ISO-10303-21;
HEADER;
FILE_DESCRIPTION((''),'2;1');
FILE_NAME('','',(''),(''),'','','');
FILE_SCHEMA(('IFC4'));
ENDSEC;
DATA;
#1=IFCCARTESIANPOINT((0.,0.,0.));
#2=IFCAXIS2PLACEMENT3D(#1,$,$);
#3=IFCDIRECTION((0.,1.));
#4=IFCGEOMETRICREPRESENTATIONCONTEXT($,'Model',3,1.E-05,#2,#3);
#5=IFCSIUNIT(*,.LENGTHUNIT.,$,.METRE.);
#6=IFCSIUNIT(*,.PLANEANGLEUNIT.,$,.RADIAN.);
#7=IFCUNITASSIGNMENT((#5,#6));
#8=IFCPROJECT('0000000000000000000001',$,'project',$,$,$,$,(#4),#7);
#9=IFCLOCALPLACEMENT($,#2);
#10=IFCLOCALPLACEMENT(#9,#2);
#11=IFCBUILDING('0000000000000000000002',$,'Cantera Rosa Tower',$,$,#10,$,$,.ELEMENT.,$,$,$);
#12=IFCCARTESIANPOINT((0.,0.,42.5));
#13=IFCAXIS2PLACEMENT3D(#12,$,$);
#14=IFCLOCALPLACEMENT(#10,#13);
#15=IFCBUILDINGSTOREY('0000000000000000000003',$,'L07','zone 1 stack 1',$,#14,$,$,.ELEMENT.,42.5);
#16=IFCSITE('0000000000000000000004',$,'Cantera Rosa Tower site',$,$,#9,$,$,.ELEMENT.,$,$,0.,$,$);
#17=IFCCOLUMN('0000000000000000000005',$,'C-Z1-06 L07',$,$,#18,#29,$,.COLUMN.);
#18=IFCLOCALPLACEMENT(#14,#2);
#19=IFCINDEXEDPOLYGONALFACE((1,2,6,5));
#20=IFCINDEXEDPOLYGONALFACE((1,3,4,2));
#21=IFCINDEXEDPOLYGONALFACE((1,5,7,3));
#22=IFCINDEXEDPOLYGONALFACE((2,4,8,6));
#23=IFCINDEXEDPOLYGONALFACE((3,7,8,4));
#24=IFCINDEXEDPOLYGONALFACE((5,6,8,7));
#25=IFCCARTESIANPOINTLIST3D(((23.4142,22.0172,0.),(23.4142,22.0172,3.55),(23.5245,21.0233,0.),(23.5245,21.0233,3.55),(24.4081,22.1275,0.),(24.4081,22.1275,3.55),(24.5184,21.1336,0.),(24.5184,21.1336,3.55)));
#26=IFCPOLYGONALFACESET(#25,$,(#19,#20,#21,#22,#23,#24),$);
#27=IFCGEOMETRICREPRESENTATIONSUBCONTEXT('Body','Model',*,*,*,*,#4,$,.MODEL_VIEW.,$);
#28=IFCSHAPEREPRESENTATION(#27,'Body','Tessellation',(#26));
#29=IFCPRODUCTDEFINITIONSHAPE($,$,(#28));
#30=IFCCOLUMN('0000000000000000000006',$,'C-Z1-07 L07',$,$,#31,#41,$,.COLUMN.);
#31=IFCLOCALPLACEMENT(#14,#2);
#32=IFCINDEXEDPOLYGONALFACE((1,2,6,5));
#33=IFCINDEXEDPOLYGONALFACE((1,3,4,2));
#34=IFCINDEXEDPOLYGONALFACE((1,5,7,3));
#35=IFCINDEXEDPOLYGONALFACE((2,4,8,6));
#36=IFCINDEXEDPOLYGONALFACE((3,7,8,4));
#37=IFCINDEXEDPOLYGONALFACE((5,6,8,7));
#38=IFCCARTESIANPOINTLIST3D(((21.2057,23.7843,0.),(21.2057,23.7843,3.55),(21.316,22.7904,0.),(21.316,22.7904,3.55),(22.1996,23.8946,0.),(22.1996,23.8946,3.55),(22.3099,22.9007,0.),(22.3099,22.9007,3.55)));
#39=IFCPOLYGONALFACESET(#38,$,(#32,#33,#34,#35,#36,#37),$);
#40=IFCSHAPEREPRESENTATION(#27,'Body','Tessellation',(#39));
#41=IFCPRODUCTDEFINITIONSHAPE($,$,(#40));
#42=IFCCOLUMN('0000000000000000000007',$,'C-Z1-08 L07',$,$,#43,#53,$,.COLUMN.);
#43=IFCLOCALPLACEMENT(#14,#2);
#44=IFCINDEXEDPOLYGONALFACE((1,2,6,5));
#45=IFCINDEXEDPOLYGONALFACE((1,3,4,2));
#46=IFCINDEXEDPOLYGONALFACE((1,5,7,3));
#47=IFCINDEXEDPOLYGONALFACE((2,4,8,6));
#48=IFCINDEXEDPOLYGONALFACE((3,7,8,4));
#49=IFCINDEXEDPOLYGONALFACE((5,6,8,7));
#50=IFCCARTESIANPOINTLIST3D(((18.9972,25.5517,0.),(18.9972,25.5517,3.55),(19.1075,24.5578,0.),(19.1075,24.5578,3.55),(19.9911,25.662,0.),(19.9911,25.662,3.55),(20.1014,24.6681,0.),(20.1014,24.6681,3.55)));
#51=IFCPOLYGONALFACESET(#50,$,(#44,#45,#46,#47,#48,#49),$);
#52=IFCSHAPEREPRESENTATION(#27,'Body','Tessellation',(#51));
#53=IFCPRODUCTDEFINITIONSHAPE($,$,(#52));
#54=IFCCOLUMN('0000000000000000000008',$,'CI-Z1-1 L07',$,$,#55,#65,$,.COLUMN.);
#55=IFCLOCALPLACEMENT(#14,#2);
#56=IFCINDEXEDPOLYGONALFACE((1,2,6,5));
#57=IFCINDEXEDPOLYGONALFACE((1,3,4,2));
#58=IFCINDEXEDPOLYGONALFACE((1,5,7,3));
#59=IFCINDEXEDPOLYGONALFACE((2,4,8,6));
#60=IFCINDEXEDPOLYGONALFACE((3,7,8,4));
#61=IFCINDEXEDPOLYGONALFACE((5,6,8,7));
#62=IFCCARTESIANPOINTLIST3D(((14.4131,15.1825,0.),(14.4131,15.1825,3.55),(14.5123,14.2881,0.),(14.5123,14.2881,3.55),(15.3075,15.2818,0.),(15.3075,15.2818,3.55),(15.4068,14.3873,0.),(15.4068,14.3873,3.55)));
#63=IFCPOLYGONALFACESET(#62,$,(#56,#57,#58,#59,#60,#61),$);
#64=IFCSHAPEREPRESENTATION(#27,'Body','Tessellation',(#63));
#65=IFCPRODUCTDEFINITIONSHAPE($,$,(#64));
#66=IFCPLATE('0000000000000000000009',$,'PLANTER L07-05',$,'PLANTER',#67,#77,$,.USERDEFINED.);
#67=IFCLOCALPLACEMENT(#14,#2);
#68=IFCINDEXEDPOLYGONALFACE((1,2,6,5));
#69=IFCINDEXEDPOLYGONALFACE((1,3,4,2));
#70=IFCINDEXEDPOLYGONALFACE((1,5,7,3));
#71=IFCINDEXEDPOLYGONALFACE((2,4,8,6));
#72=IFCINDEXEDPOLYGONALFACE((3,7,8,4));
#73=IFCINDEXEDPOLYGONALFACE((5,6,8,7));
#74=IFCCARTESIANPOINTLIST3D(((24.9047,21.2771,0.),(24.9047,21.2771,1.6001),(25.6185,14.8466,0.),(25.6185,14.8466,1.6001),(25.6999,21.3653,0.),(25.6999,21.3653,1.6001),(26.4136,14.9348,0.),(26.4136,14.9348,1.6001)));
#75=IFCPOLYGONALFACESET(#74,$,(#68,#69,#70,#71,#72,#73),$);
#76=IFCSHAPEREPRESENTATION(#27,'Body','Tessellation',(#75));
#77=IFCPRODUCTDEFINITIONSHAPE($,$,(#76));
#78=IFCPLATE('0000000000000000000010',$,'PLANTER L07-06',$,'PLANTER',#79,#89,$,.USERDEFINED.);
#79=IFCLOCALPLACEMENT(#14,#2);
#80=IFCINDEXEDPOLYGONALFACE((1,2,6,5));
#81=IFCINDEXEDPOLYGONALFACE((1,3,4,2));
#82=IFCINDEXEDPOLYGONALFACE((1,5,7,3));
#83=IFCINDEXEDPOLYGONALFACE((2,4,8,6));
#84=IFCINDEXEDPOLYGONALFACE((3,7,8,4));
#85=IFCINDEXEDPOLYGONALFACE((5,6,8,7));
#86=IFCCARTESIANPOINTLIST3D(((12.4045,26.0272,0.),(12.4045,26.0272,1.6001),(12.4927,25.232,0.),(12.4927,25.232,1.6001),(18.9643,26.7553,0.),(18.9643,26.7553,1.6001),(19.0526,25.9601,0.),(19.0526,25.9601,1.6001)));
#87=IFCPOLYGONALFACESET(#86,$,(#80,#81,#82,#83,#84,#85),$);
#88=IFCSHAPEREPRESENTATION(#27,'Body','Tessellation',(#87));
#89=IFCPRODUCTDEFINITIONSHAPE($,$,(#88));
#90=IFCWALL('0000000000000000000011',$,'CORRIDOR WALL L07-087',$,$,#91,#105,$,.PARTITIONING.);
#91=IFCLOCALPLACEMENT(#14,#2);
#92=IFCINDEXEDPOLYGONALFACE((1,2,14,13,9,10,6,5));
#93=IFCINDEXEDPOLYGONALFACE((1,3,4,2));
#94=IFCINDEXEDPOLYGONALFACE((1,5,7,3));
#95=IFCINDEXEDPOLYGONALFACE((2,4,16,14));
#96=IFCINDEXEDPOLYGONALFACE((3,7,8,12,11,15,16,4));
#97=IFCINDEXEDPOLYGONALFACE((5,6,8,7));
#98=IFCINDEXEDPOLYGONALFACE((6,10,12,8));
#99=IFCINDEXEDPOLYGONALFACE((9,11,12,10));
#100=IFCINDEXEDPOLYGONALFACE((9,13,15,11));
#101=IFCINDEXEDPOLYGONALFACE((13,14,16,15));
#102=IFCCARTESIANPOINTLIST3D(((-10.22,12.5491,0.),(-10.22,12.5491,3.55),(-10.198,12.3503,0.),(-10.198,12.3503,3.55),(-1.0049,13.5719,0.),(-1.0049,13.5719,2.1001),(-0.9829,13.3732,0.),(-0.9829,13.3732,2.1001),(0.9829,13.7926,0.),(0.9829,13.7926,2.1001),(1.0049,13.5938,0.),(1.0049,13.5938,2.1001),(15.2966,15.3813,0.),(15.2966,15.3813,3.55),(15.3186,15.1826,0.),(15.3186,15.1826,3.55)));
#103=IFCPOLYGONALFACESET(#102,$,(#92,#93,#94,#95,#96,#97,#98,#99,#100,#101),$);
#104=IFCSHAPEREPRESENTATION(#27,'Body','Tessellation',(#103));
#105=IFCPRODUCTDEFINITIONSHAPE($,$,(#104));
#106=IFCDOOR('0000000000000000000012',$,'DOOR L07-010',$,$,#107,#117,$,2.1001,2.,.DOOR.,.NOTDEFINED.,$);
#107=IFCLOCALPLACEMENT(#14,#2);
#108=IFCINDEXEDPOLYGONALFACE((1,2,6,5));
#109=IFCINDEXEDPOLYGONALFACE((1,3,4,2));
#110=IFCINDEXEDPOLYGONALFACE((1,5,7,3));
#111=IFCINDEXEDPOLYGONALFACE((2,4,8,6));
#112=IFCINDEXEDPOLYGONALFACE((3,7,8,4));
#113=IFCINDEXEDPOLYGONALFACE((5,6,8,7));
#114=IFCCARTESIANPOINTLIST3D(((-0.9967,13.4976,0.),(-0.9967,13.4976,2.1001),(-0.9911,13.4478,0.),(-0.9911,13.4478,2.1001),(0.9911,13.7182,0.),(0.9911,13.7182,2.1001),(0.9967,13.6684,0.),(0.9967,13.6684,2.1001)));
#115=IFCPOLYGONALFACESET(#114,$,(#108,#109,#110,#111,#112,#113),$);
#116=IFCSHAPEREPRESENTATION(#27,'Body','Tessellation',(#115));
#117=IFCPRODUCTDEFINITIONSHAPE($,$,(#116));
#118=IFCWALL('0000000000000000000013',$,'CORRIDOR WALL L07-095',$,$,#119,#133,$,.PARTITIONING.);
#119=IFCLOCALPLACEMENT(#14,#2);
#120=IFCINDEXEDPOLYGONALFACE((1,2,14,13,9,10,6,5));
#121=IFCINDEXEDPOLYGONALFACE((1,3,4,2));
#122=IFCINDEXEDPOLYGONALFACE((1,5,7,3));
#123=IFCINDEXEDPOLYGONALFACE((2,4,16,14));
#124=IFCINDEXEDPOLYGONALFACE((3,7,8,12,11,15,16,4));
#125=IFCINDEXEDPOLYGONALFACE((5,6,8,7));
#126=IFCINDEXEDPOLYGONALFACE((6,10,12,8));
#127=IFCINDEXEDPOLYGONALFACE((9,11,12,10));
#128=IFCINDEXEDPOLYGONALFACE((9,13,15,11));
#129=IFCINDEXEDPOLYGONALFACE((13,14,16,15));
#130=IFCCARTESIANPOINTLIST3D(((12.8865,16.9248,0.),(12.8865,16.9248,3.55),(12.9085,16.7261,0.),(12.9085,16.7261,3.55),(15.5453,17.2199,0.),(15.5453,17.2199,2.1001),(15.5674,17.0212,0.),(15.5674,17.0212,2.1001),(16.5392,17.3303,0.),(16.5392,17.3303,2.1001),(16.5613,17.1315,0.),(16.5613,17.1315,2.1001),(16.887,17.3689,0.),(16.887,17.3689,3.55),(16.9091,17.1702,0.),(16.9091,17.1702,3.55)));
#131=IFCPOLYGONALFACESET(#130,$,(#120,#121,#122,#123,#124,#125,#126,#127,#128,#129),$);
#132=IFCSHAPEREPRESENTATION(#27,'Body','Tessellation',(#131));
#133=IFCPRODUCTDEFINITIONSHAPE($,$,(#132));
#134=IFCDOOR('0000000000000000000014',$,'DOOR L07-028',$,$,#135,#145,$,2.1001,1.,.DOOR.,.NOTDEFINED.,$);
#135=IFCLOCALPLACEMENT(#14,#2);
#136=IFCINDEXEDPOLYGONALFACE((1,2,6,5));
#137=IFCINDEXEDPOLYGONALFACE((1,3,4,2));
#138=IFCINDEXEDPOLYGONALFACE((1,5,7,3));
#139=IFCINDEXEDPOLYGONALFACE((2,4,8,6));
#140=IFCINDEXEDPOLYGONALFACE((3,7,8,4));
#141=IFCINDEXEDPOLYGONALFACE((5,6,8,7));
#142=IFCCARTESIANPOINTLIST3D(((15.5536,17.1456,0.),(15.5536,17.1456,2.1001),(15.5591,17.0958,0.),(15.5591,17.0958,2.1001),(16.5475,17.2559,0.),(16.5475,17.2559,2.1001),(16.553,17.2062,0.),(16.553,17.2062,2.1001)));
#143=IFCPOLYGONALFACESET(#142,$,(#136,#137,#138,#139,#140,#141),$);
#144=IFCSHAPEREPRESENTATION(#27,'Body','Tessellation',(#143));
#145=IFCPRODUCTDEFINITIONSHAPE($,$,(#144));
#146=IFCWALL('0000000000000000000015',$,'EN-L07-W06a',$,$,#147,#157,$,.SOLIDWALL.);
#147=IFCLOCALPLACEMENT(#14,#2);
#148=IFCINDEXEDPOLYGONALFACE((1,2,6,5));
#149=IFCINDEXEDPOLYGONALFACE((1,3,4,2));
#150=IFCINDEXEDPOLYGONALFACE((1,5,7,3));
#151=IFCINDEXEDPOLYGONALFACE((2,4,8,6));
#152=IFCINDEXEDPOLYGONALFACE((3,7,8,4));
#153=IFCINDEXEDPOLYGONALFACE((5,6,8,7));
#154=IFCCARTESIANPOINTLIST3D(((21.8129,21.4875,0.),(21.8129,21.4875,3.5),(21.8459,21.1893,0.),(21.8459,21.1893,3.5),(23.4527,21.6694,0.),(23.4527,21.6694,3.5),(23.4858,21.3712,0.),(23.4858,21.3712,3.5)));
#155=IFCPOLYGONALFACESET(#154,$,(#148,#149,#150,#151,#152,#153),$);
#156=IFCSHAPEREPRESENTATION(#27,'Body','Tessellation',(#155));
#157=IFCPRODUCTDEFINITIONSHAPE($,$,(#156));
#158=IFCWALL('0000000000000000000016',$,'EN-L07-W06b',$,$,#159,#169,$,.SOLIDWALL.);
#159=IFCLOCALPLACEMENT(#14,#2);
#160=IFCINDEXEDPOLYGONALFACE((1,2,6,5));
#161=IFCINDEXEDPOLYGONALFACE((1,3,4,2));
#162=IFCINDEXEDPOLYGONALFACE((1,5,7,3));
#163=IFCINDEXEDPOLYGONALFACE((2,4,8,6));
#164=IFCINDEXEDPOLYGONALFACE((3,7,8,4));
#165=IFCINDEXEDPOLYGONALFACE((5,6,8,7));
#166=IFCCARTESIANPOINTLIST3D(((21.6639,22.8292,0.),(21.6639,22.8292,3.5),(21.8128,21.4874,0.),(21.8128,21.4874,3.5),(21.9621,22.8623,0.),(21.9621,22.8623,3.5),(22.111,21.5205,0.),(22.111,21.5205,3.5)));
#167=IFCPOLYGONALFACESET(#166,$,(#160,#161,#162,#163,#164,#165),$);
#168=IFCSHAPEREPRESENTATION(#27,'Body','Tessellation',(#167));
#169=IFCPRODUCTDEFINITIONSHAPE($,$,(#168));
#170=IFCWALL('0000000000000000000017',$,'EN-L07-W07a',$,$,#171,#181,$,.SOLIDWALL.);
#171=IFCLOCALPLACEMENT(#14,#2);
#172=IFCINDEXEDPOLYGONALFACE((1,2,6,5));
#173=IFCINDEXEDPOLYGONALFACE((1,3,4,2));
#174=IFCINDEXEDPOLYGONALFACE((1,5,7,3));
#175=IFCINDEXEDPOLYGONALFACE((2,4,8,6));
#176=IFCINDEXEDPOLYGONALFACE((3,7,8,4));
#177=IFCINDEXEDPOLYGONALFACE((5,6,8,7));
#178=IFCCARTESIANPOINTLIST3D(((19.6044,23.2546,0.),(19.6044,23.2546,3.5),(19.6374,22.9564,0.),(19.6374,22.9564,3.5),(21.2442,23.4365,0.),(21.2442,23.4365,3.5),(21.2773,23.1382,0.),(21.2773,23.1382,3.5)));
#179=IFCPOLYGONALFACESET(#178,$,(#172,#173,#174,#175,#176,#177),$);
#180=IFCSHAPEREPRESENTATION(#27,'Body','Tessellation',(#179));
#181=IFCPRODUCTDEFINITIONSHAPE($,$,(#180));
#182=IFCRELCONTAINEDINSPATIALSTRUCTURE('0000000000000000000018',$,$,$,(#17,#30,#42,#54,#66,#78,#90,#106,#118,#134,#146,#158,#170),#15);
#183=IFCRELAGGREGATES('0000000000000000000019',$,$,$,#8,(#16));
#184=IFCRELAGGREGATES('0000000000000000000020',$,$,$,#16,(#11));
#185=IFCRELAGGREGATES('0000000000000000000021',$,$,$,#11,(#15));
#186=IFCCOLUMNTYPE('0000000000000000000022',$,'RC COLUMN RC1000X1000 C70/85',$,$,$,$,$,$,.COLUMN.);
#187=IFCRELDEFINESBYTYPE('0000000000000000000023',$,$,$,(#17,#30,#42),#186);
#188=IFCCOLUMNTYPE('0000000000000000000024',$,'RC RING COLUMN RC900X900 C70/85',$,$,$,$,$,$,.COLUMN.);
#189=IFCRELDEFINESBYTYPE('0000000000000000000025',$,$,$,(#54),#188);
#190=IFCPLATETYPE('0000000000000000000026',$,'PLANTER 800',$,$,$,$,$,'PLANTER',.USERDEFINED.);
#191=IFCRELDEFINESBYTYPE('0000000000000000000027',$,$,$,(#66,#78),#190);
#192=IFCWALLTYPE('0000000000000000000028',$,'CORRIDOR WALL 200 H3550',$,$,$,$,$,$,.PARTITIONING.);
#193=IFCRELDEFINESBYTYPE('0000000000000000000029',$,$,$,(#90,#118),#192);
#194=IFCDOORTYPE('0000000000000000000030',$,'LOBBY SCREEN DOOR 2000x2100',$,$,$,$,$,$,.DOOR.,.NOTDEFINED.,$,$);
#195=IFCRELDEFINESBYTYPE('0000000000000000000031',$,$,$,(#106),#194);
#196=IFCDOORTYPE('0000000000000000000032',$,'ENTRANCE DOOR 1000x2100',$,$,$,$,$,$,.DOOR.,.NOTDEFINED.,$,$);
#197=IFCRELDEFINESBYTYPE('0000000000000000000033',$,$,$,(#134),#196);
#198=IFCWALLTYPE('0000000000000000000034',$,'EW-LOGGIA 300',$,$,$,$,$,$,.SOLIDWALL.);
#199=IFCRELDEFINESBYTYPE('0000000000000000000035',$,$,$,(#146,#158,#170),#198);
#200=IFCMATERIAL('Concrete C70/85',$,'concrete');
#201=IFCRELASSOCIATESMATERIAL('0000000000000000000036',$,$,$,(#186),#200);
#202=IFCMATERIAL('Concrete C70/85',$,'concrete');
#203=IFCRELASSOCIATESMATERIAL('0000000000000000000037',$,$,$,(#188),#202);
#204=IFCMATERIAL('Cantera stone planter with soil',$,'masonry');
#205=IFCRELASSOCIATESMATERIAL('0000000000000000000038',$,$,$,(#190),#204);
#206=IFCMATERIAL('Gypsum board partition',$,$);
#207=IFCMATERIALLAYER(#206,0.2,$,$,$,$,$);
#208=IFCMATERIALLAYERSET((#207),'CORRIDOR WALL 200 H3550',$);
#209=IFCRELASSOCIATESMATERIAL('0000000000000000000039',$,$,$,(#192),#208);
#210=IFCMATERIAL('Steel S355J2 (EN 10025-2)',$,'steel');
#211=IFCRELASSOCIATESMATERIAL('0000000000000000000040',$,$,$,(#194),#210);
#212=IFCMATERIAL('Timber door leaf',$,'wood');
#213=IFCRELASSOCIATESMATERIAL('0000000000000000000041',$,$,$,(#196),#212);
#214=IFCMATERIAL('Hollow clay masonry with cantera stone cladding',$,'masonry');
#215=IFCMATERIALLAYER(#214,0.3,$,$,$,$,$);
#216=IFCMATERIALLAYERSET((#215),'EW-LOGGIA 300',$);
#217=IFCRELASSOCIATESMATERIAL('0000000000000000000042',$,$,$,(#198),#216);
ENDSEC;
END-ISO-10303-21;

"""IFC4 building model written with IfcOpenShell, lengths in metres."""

from ifc_helpers import new_model, si_unit, direction, frame, frame_2d, origin, origin_2d, place, context, subcontext, project, spatial, rectangle, extrude, material, layer, layer_set, material_profile, profile_set, type_object, element, fill, save


model = new_model("IFC4")

# Units and contexts
model_context = context("Model", 3, precision=1e-05, world=origin(), true_north=direction((0.0, 1.0)))
body_context = subcontext(model_context, "Body", "Model", "MODEL_VIEW")
ifc_project = project(units=[si_unit("LENGTHUNIT", "METRE"), si_unit("PLANEANGLEUNIT", "RADIAN")], contexts=[model_context])

# Site, building, storey
site_placement = place(None, origin())
site = spatial("IfcSite", under=ifc_project, at=site_placement, Name="Cantera Rosa Tower site", CompositionType="ELEMENT", RefElevation=0.0)
building_placement = place(site_placement, origin())
building = spatial("IfcBuilding", under=site, at=building_placement, Name="Cantera Rosa Tower", CompositionType="ELEMENT")
storey_placement = place(building_placement, frame((0.0, 0.0, 42.5)))
storey = spatial("IfcBuildingStorey", under=building, at=storey_placement, Name="L07", Description="zone 1 stack 1", CompositionType="ELEMENT", Elevation=42.5)

# Columns
ifc_material_1 = material(Name="Concrete C70/85", Category="concrete")
ifc_material_profile_1 = material_profile(ifc_material_1, rectangle(XDim=1.0, YDim=1.0, at=origin_2d()), Name="RC COLUMN RC1000X1000 C70/85")
ifc_profile_set_1 = profile_set([ifc_material_profile_1], Name="Concrete C70/85")
column_type_1 = type_object("IfcColumnType", Name="RC COLUMN RC1000X1000 C70/85", PredefinedType="COLUMN", material=ifc_profile_set_1)
for number, where, z_axis, x_axis, name in (
    (1, (23.9663, 21.5754, 0.0), (0.0, 0.0, 1.0), (0.993897, 0.110313, 0.0), "C-Z1-06 L07"),
    (2, (21.7578, 23.3425, 0.0), (0.0, 0.0, 1.0), (0.993897, 0.110313, 0.0), "C-Z1-07 L07"),
    (3, (19.5493, 25.1099, 0.0), (0.0, 0.0, 1.0), (0.993897, 0.110313, 0.0), "C-Z1-08 L07"),
):
    element("IfcColumn", number, at=place(storey_placement, frame(where, z_axis=z_axis, x_axis=x_axis)), inside=storey, type_object=column_type_1, Name=name, PredefinedType="COLUMN", context=body_context, shape_type="SweptSolid", body=[
        extrude(rectangle(XDim=1.0, YDim=1.0, at=origin_2d()), origin(), (0.0, 0.0, 1.0), 3.55),
    ])
ifc_material_2 = material(Name="Concrete C70/85", Category="concrete")
ifc_material_profile_2 = material_profile(ifc_material_2, rectangle(XDim=0.8999, YDim=0.8999, at=origin_2d()), Name="RC RING COLUMN RC900X900 C70/85")
ifc_profile_set_2 = profile_set([ifc_material_profile_2], Name="Concrete C70/85")
column_type_2 = type_object("IfcColumnType", Name="RC RING COLUMN RC900X900 C70/85", PredefinedType="COLUMN", material=ifc_profile_set_2)
column_placement = place(storey_placement, frame((14.9099, 14.7849, 0.0), z_axis=(0.0, 0.0, 1.0), x_axis=(0.993897, 0.110313, 0.0)))
element("IfcColumn", 4, at=column_placement, inside=storey, type_object=column_type_2, Name="CI-Z1-1 L07", PredefinedType="COLUMN", context=body_context, shape_type="SweptSolid", body=[
    extrude(rectangle(XDim=0.8999, YDim=0.8999, at=origin_2d()), origin(), (0.0, 0.0, 1.0), 3.55),
])

# Plates
ifc_material_3 = material(Name="Cantera stone planter with soil", Category="masonry")
plate_type = type_object("IfcPlateType", Name="PLANTER 800", ElementType="PLANTER", PredefinedType="USERDEFINED", material=ifc_material_3)
plate_1_placement = place(storey_placement, frame((25.6592, 18.106, 0.0), z_axis=(0.0, 0.0, 1.0), x_axis=(-0.110313, 0.993897, 0.0)))
element("IfcPlate", 5, at=plate_1_placement, inside=storey, type_object=plate_type, Name="PLANTER L07-05", ObjectType="PLANTER", PredefinedType="USERDEFINED", context=body_context, shape_type="SweptSolid", body=[
    extrude(rectangle(XDim=6.47, YDim=0.8, at=origin_2d()), origin(), (0.0, 0.0, 1.0), 1.6001),
])
plate_2_placement = place(storey_placement, frame((15.7285, 25.9937, 0.0), z_axis=(0.0, 0.0, 1.0), x_axis=(-0.993897, -0.110313, 0.0)))
element("IfcPlate", 6, at=plate_2_placement, inside=storey, type_object=plate_type, Name="PLANTER L07-06", ObjectType="PLANTER", PredefinedType="USERDEFINED", context=body_context, shape_type="SweptSolid", body=[
    extrude(rectangle(XDim=6.6001, YDim=0.8, at=origin_2d()), origin(), (0.0, 0.0, 1.0), 1.6001),
])

# Walls, openings, doors
ifc_material_4 = material(Name="Gypsum board partition")
ifc_layer_1 = layer(ifc_material_4, 0.2)
ifc_layer_set_1 = layer_set([ifc_layer_1], Name="CORRIDOR WALL 200 H3550")
wall_type_1 = type_object("IfcWallType", Name="CORRIDOR WALL 200 H3550", PredefinedType="PARTITIONING", material=ifc_layer_set_1)
wall_1_placement = place(storey_placement, frame((15.3076, 15.282, 0.0), z_axis=(0.0, 0.0, 1.0), x_axis=(-0.993896, -0.11032, 0.0)))
wall_1 = element("IfcWall", 7, at=wall_1_placement, inside=storey, type_object=wall_type_1, Name="CORRIDOR WALL L07-087", PredefinedType="PARTITIONING", context=body_context, shape_type="SweptSolid", body=[
    extrude(rectangle(XDim=25.6733, YDim=0.2, at=frame_2d((12.8367, 0.0))), origin(), (0.0, 0.0, 1.0), 3.55),
])
opening_1_placement = place(wall_1_placement, frame((14.4016, 0.0, 0.0)))
opening_1 = element("IfcOpeningElement", 8, at=opening_1_placement, cuts=wall_1, PredefinedType="OPENING", context=body_context, shape_type="SweptSolid", body=[
    extrude(rectangle(XDim=2.0, YDim=2.1001, at=frame_2d((1.0, 1.05))), frame((0.0, 0.1099, 0.0), z_axis=(0.0, -1.0, 0.0), x_axis=(1.0, 0.0, 0.0)), (0.0, 0.0, 1.0), 0.22),
])
ifc_material_5 = material(Name="Steel S355J2 (EN 10025-2)", Category="steel")
door_type_1 = type_object("IfcDoorType", Name="LOBBY SCREEN DOOR 2000x2100", OperationType="NOTDEFINED", PredefinedType="DOOR", material=ifc_material_5)
door_1_placement = place(opening_1_placement, origin())
door_1 = element("IfcDoor", 9, at=door_1_placement, inside=storey, type_object=door_type_1, Name="DOOR L07-010", OperationType="NOTDEFINED", OverallHeight=2.1001, OverallWidth=2.0, PredefinedType="DOOR", context=body_context, shape_type="SweptSolid", body=[
    extrude(rectangle(XDim=2.0, YDim=2.1001, at=frame_2d((1.0, 1.05))), frame((0.0, 0.0249, 0.0), z_axis=(0.0, -1.0, 0.0), x_axis=(1.0, 0.0, 0.0)), (0.0, 0.0, 1.0), 0.05),
])
fill(opening_1, door_1)
wall_2_placement = place(storey_placement, frame((16.8982, 17.2695, 0.0), z_axis=(0.0, 0.0, 1.0), x_axis=(-0.993895, -0.110332, 0.0)))
wall_2 = element("IfcWall", 10, at=wall_2_placement, inside=storey, type_object=wall_type_1, Name="CORRIDOR WALL L07-095", PredefinedType="PARTITIONING", context=body_context, shape_type="SweptSolid", body=[
    extrude(rectangle(XDim=4.0251, YDim=0.2, at=frame_2d((2.0127, 0.0))), origin(), (0.0, 0.0, 1.0), 3.55),
])
opening_2_placement = place(wall_2_placement, frame((0.3501, 0.0, 0.0)))
opening_2 = element("IfcOpeningElement", 11, at=opening_2_placement, cuts=wall_2, PredefinedType="OPENING", context=body_context, shape_type="SweptSolid", body=[
    extrude(rectangle(XDim=1.0, YDim=2.1001, at=frame_2d((0.5, 1.05))), frame((0.0, 0.1099, 0.0), z_axis=(0.0, -1.0, 0.0), x_axis=(1.0, 0.0, 0.0)), (0.0, 0.0, 1.0), 0.22),
])
ifc_material_6 = material(Name="Timber door leaf", Category="wood")
door_type_2 = type_object("IfcDoorType", Name="ENTRANCE DOOR 1000x2100", OperationType="NOTDEFINED", PredefinedType="DOOR", material=ifc_material_6)
door_2_placement = place(opening_2_placement, origin())
door_2 = element("IfcDoor", 12, at=door_2_placement, inside=storey, type_object=door_type_2, Name="DOOR L07-028", OperationType="NOTDEFINED", OverallHeight=2.1001, OverallWidth=1.0, PredefinedType="DOOR", context=body_context, shape_type="SweptSolid", body=[
    extrude(rectangle(XDim=1.0, YDim=2.1001, at=frame_2d((0.5, 1.05))), frame((0.0, 0.0249, 0.0), z_axis=(0.0, -1.0, 0.0), x_axis=(1.0, 0.0, 0.0)), (0.0, 0.0, 1.0), 0.05),
])
fill(opening_2, door_2)

# Walls
ifc_material_7 = material(Name="Hollow clay masonry with cantera stone cladding", Category="masonry")
ifc_layer_2 = layer(ifc_material_7, 0.3)
ifc_layer_set_2 = layer_set([ifc_layer_2], Name="EW-LOGGIA 300")
wall_type_2 = type_object("IfcWallType", Name="EW-LOGGIA 300", PredefinedType="SOLIDWALL", material=ifc_layer_set_2)
wall_3_placement = place(storey_placement, frame((23.4692, 21.5203, 0.0), z_axis=(0.0, 0.0, 1.0), x_axis=(-0.993905, -0.110237, 0.0)))
element("IfcWall", 13, at=wall_3_placement, inside=storey, type_object=wall_type_2, Name="EN-L07-W06a", PredefinedType="SOLIDWALL", context=body_context, shape_type="SweptSolid", body=[
    extrude(rectangle(XDim=1.6499, YDim=0.3, at=frame_2d((0.825, 0.0))), origin(), (0.0, 0.0, 1.0), 3.5),
])
wall_4_placement = place(storey_placement, frame((21.9619, 21.5039, 0.0), z_axis=(0.0, 0.0, 1.0), x_axis=(-0.110312, 0.993897, 0.0)))
element("IfcWall", 14, at=wall_4_placement, inside=storey, type_object=wall_type_2, Name="EN-L07-W06b", PredefinedType="SOLIDWALL", context=body_context, shape_type="SweptSolid", body=[
    extrude(rectangle(XDim=1.3501, YDim=0.3, at=frame_2d((0.675, 0.0))), origin(), (0.0, 0.0, 1.0), 3.5),
])
wall_5_placement = place(storey_placement, frame((21.2607, 23.2874, 0.0), z_axis=(0.0, 0.0, 1.0), x_axis=(-0.993905, -0.110237, 0.0)))
element("IfcWall", 15, at=wall_5_placement, inside=storey, type_object=wall_type_2, Name="EN-L07-W07a", PredefinedType="SOLIDWALL", context=body_context, shape_type="SweptSolid", body=[
    extrude(rectangle(XDim=1.6499, YDim=0.3, at=frame_2d((0.825, 0.0))), origin(), (0.0, 0.0, 1.0), 3.5),
])

save(model, "model.ifc")
